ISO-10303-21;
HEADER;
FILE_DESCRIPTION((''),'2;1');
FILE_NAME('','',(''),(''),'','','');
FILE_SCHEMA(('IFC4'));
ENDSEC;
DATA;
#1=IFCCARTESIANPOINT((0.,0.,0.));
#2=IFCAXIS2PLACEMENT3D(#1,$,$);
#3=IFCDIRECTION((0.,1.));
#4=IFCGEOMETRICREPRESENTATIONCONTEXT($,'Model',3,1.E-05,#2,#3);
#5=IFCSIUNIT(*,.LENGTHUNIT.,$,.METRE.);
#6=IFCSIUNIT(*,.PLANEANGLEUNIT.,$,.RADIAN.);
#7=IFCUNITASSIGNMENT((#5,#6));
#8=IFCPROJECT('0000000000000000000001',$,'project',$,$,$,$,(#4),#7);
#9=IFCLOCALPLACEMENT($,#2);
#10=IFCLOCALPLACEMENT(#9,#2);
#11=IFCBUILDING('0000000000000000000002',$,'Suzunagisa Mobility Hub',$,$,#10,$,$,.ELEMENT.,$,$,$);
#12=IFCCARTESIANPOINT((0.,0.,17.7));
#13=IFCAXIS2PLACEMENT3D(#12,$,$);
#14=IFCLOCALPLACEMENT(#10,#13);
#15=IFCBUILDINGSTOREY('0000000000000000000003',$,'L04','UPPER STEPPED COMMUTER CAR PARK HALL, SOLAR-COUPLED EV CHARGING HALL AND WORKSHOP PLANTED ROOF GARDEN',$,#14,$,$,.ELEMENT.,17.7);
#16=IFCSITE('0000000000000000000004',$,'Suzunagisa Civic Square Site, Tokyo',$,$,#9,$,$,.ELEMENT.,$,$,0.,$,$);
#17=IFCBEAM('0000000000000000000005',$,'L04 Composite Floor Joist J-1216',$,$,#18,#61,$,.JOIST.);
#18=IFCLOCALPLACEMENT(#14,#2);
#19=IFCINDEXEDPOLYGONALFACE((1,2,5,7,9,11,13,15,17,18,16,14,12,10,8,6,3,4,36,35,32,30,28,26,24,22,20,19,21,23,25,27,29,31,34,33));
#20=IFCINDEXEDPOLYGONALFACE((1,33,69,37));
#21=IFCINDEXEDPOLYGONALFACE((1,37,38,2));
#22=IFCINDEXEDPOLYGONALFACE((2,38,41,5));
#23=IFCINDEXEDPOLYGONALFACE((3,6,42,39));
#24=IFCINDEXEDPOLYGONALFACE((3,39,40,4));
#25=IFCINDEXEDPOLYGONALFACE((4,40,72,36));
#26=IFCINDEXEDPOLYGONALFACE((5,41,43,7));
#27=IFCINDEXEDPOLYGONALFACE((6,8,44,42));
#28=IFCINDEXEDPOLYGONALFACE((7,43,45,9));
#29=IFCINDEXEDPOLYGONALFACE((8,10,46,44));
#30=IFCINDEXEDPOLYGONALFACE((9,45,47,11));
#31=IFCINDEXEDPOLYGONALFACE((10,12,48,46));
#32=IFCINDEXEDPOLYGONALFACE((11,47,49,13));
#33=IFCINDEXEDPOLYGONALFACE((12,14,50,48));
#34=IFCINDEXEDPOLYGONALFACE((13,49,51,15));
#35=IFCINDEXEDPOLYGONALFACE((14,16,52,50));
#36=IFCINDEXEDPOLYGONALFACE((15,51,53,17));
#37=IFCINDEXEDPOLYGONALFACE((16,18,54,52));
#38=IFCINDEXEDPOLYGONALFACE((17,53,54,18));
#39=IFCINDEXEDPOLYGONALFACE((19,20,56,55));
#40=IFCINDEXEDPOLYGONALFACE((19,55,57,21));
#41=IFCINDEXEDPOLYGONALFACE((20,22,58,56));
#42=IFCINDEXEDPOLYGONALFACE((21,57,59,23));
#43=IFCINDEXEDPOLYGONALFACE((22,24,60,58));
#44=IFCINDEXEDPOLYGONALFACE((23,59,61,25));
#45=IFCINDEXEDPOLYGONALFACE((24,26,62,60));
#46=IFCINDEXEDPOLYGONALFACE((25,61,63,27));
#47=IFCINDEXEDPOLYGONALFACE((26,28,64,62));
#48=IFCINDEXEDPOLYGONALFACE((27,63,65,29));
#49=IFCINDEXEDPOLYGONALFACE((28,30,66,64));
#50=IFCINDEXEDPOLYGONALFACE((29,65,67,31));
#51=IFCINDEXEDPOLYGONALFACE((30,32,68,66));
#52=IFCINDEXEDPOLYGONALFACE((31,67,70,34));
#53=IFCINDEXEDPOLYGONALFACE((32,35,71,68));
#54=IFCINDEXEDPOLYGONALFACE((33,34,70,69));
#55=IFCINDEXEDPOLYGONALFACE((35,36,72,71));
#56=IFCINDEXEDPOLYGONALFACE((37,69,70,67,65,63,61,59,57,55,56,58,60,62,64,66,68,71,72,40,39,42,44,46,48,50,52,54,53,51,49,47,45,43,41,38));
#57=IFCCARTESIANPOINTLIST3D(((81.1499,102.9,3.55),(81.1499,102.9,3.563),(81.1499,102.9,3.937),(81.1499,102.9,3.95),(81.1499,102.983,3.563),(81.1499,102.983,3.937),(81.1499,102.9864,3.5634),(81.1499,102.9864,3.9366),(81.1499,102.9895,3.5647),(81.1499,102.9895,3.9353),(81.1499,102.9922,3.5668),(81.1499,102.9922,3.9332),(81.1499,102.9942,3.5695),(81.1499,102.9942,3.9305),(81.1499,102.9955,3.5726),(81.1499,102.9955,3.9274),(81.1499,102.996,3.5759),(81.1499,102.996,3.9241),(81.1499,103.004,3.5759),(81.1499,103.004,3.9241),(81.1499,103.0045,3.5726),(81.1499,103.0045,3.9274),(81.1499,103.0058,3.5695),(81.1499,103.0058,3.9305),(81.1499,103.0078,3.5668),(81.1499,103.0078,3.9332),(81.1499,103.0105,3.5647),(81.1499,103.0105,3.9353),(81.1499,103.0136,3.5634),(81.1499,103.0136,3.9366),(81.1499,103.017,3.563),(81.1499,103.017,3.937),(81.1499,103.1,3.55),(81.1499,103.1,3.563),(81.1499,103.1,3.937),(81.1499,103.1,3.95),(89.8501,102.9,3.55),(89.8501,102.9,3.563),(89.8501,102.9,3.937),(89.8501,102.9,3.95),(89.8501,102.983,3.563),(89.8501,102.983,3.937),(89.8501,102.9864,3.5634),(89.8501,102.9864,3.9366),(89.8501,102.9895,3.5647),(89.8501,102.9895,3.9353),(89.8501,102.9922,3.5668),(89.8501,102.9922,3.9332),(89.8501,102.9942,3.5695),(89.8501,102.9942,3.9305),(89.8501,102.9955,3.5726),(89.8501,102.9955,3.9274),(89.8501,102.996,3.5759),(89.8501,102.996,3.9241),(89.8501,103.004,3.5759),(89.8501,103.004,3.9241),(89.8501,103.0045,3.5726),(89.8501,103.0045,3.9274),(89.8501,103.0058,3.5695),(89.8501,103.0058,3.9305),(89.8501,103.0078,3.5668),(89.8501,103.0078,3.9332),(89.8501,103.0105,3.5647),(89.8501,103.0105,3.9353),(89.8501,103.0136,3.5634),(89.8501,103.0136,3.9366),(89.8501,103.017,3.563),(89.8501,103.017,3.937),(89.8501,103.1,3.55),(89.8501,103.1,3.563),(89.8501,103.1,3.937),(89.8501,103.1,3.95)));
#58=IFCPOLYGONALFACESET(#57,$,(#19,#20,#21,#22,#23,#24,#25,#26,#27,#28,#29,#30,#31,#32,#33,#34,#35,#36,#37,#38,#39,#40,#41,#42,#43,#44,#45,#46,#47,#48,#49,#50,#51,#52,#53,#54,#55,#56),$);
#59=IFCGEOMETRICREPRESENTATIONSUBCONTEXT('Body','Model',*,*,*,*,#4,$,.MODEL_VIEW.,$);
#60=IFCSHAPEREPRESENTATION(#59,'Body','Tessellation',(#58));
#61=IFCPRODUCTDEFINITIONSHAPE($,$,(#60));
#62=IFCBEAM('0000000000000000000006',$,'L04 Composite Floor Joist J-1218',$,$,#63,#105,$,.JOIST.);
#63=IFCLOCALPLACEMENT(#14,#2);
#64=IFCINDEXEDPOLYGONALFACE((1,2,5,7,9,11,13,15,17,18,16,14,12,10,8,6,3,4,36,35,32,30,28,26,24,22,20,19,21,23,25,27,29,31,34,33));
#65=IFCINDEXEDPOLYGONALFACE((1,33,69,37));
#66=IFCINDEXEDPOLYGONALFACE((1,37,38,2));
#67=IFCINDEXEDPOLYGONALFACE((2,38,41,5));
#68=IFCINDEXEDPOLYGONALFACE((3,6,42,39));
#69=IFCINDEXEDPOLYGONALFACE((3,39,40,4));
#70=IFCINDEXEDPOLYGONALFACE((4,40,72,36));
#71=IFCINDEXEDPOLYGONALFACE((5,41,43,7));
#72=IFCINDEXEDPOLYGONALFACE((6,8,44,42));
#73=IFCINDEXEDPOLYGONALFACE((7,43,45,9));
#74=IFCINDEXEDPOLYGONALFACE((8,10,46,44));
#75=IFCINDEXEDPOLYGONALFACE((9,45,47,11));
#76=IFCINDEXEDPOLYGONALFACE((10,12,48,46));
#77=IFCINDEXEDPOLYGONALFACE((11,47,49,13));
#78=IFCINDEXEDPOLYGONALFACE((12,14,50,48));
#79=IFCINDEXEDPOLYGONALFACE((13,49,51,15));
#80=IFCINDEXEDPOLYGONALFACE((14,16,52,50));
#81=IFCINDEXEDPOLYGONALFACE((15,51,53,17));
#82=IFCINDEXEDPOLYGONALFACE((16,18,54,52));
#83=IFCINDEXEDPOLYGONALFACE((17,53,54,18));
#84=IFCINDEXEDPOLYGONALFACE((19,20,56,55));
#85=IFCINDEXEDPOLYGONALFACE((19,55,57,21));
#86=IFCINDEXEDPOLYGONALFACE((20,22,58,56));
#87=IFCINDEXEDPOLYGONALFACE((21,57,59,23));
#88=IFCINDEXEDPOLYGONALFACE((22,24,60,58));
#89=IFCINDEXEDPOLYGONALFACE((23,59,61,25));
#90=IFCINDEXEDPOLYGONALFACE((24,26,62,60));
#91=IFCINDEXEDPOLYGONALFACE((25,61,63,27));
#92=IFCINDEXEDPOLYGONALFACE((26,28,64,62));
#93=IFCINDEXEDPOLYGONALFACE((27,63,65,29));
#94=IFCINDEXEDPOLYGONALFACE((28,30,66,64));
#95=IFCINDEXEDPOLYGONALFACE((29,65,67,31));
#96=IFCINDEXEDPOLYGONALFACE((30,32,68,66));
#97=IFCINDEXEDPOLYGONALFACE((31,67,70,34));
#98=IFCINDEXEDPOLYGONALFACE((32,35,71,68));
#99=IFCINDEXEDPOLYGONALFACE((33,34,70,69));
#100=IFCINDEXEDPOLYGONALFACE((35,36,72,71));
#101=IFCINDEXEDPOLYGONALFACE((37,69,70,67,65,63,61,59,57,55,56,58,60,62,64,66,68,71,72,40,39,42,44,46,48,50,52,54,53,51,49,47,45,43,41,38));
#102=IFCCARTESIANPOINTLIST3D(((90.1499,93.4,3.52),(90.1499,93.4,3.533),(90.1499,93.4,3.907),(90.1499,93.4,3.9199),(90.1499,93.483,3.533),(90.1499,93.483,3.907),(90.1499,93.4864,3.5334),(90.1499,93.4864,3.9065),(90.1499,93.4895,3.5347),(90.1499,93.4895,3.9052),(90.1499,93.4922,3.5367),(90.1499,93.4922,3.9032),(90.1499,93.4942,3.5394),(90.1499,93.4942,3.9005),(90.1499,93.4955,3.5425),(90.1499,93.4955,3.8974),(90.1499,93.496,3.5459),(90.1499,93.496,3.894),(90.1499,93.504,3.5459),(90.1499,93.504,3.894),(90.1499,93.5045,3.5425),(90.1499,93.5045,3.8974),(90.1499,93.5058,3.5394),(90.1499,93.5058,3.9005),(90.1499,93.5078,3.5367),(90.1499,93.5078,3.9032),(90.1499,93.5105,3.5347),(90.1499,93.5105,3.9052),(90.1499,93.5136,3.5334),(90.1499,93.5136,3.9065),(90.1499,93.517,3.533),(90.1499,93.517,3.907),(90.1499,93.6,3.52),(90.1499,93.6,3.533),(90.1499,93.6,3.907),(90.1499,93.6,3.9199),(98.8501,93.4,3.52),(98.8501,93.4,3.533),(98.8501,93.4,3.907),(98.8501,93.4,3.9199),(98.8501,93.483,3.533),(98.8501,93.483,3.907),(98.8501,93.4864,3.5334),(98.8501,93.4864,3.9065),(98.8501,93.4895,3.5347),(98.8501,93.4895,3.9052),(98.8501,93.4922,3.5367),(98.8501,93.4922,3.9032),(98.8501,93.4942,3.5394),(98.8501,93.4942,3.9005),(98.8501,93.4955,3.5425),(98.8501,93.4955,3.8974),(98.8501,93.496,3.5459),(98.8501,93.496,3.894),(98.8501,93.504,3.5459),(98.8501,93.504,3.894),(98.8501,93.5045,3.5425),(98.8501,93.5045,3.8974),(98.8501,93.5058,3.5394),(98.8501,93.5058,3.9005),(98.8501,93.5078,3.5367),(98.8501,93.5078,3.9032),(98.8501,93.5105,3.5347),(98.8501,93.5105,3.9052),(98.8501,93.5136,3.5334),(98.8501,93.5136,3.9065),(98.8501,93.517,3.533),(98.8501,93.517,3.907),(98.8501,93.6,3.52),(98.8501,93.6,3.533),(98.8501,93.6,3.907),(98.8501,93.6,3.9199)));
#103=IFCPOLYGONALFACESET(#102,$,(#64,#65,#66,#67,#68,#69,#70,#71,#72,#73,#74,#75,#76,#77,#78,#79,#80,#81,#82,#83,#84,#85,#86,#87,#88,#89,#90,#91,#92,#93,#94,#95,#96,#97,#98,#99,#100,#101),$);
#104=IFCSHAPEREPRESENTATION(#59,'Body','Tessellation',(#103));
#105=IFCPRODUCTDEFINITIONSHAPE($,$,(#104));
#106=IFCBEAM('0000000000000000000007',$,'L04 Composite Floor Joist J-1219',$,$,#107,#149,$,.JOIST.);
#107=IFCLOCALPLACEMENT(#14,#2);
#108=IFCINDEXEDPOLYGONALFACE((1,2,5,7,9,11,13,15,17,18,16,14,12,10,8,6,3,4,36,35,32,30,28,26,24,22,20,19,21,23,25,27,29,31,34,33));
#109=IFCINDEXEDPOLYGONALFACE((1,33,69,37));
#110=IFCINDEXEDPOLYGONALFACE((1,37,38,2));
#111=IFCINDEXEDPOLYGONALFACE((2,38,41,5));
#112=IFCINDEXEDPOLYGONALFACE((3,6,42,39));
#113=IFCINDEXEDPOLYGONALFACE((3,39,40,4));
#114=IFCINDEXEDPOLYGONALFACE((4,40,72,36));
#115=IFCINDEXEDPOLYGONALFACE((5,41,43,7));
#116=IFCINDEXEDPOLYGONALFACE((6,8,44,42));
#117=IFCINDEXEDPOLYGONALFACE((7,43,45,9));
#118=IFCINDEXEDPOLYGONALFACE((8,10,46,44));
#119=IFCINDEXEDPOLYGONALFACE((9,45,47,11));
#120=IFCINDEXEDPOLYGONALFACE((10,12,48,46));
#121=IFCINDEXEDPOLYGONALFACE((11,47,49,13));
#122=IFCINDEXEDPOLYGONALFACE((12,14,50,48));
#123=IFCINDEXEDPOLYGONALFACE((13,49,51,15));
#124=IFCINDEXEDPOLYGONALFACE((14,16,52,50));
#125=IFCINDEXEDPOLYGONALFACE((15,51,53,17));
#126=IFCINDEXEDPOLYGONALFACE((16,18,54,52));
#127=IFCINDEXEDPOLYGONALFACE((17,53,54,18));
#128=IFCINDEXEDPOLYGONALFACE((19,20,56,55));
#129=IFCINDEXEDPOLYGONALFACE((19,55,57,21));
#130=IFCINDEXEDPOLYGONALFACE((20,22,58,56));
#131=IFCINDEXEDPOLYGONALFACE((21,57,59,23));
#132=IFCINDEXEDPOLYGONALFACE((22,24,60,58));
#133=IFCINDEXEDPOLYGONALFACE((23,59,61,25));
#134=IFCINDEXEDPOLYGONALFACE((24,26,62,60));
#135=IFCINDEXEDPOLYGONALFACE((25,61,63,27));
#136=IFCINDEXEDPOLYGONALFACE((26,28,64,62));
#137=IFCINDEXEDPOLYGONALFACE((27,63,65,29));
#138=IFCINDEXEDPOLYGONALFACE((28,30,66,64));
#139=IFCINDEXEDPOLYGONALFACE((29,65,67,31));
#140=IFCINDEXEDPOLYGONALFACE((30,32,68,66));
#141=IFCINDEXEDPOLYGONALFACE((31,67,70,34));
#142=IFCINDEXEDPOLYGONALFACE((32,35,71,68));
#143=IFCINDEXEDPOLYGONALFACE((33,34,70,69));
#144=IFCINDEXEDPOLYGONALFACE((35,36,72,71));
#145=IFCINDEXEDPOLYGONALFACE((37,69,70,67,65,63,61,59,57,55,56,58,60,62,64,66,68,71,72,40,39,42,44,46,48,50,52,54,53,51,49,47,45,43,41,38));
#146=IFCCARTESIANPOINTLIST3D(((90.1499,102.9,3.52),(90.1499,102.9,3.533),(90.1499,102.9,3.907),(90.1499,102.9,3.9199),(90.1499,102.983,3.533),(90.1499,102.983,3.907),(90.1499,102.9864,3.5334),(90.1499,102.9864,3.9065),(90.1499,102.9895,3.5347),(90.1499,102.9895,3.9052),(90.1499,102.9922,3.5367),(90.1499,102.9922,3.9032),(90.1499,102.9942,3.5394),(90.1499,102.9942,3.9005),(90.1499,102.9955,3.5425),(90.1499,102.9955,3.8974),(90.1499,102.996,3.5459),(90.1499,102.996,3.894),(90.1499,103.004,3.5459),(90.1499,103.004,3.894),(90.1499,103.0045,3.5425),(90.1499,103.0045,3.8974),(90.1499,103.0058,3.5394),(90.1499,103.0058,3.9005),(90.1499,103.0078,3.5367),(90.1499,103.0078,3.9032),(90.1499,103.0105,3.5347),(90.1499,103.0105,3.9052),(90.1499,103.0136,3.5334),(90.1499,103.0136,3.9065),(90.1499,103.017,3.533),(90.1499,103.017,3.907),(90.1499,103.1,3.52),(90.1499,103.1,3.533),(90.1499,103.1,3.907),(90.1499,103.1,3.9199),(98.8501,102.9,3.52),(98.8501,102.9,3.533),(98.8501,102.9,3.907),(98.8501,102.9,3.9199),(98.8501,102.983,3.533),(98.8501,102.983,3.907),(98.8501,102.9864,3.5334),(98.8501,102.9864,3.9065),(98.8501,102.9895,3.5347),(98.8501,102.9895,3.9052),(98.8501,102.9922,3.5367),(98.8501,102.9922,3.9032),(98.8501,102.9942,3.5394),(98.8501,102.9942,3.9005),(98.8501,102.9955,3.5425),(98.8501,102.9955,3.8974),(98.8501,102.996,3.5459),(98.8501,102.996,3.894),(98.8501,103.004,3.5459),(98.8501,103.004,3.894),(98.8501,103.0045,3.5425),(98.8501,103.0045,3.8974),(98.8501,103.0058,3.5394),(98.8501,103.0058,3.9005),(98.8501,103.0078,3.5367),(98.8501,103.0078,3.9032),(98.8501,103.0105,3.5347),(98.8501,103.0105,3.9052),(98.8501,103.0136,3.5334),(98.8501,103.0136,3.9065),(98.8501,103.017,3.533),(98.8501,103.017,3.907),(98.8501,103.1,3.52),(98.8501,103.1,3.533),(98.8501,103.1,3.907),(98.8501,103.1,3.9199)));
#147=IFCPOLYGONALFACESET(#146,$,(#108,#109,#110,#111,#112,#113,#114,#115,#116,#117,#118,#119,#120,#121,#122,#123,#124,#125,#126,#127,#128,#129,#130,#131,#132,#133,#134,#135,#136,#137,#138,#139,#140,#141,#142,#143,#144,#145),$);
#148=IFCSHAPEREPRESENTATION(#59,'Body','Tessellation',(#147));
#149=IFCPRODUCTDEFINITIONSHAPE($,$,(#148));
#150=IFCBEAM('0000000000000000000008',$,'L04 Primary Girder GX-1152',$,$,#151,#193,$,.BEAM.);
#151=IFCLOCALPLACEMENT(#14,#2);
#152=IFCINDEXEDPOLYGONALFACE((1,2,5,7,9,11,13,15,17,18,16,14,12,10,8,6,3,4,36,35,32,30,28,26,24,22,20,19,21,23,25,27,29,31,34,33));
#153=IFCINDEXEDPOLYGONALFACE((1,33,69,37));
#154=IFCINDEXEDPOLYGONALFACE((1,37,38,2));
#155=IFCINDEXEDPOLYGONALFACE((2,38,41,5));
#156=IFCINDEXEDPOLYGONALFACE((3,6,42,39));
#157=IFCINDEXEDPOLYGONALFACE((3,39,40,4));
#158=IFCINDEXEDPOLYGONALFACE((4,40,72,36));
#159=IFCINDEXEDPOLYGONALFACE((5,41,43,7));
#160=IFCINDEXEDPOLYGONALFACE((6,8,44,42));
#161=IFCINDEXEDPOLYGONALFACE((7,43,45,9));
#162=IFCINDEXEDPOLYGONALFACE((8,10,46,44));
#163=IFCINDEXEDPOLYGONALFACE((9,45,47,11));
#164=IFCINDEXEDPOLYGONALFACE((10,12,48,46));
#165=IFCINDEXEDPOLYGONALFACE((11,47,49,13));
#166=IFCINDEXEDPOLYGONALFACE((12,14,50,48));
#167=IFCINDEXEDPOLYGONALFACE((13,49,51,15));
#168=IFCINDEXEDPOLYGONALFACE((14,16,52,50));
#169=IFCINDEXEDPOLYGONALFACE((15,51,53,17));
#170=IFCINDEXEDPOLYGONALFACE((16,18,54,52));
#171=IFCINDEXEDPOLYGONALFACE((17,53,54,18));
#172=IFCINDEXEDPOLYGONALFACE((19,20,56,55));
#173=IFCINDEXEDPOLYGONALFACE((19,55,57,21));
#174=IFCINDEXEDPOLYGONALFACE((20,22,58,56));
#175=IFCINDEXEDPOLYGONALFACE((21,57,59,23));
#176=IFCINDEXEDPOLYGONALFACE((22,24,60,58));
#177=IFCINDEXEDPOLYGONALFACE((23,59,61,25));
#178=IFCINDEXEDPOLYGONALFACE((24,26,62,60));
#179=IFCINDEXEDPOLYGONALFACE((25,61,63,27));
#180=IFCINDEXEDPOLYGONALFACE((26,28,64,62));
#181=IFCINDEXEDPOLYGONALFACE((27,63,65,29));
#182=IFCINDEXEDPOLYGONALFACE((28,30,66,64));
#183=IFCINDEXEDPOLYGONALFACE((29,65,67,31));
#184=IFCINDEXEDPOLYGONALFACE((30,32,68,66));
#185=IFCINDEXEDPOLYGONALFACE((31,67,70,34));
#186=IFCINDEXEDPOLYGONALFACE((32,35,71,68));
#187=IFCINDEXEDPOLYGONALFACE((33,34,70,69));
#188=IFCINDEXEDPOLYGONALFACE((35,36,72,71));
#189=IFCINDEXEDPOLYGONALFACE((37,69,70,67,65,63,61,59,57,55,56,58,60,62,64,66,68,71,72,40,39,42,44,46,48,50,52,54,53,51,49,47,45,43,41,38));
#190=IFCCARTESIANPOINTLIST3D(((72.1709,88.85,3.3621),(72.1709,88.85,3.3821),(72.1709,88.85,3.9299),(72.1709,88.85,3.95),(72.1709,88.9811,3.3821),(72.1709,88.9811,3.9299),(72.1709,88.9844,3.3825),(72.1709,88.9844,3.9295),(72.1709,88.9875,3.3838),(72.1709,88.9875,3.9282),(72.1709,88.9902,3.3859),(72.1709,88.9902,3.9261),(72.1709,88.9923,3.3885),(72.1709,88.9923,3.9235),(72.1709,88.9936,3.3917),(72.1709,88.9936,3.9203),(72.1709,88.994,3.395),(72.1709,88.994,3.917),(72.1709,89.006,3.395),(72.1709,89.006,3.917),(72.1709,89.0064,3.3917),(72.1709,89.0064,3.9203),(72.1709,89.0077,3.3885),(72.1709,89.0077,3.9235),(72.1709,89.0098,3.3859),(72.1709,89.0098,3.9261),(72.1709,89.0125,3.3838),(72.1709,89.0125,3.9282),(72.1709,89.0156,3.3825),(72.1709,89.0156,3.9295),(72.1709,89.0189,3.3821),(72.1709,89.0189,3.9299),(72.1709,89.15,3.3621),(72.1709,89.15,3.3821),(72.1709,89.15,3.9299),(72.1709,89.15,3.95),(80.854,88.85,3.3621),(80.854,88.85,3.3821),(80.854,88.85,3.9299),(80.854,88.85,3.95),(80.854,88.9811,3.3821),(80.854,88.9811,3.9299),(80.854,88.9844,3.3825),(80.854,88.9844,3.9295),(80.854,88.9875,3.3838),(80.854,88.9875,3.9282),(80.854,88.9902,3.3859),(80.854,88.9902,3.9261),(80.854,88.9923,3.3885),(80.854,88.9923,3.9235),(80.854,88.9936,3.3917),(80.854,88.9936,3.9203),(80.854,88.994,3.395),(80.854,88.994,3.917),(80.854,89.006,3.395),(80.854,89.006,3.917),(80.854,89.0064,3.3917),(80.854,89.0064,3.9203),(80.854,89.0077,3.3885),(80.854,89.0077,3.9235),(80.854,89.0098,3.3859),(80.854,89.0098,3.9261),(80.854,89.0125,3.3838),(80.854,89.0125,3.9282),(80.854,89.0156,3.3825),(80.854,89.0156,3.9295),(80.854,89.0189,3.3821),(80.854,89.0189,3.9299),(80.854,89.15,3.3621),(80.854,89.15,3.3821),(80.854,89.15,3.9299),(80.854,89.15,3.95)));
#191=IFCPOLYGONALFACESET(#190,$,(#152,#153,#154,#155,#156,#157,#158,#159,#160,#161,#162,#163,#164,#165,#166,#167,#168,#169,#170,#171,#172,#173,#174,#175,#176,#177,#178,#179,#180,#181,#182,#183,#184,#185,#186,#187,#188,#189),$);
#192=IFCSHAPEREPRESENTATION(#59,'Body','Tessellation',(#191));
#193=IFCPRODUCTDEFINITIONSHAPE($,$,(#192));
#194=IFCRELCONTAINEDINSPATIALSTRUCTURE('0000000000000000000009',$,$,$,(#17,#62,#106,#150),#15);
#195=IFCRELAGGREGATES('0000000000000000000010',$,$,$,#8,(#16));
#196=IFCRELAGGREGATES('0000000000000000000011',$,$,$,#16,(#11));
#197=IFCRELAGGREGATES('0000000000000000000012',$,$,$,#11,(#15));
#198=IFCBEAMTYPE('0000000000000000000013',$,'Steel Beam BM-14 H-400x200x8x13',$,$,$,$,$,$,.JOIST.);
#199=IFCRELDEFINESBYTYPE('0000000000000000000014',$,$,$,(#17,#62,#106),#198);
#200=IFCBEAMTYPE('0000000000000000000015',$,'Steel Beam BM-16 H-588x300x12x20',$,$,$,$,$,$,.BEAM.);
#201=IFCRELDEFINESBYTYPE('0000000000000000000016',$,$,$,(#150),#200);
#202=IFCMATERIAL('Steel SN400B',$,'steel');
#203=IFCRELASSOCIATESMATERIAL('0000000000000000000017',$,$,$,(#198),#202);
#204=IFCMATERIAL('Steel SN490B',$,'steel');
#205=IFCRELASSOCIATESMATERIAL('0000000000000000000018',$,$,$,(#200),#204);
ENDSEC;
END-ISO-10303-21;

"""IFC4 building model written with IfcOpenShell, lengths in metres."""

from ifc_helpers import new_model, si_unit, direction, frame, origin, origin_2d, place, context, subcontext, project, spatial, i_section, extrude, material, material_profile, profile_set, type_object, element, save


model = new_model("IFC4")

# Units and contexts
model_context = context("Model", 3, precision=1e-05, world=origin(), true_north=direction((0.0, 1.0)))
body_context = subcontext(model_context, "Body", "Model", "MODEL_VIEW")
ifc_project = project(units=[si_unit("LENGTHUNIT", "METRE"), si_unit("PLANEANGLEUNIT", "RADIAN")], contexts=[model_context])

# Site, building, storey
site_placement = place(None, origin())
site = spatial("IfcSite", under=ifc_project, at=site_placement, Name="Suzunagisa Civic Square Site, Tokyo", CompositionType="ELEMENT", RefElevation=0.0)
building_placement = place(site_placement, origin())
building = spatial("IfcBuilding", under=site, at=building_placement, Name="Suzunagisa Mobility Hub", CompositionType="ELEMENT")
storey_placement = place(building_placement, frame((0.0, 0.0, 17.7)))
storey = spatial("IfcBuildingStorey", under=building, at=storey_placement, Name="L04", Description="UPPER STEPPED COMMUTER CAR PARK HALL, SOLAR-COUPLED EV CHARGING HALL AND WORKSHOP PLANTED ROOF GARDEN", CompositionType="ELEMENT", Elevation=17.7)

# Shared definitions
ifc_material_1 = material(Name="Steel SN490B", Category="steel")

# Beams
ifc_material_2 = material(Name="Steel SN400B", Category="steel")
ifc_material_profile_1 = material_profile(ifc_material_2, i_section(OverallWidth=0.2, OverallDepth=0.3999, WebThickness=0.0081, FlangeThickness=0.0129, FilletRadius=0.0129, at=origin_2d()), Name="H-400x200x8x13")
ifc_profile_set_1 = profile_set([ifc_material_profile_1], Name="Steel SN400B")
beam_type_1 = type_object("IfcBeamType", Name="Steel Beam BM-14 H-400x200x8x13", PredefinedType="JOIST", material=ifc_profile_set_1)
for number, where, z_axis, x_axis, name in (
    (1, (81.1499, 103.0, 3.75), (1.0, 0.0, 0.0), (0.0, 1.0, 0.0), "L04 Composite Floor Joist J-1216"),
    (2, (90.1499, 93.5, 3.72), (1.0, 0.0, 0.0), (0.0, 1.0, 0.0), "L04 Composite Floor Joist J-1218"),
    (3, (90.1499, 103.0, 3.72), (1.0, 0.0, 0.0), (0.0, 1.0, 0.0), "L04 Composite Floor Joist J-1219"),
):
    element("IfcBeam", number, at=place(storey_placement, frame(where, z_axis=z_axis, x_axis=x_axis)), inside=storey, type_object=beam_type_1, Name=name, PredefinedType="JOIST", context=body_context, shape_type="SweptSolid", body=[
        extrude(i_section(OverallWidth=0.2, OverallDepth=0.3999, WebThickness=0.0081, FlangeThickness=0.0129, FilletRadius=0.0129, at=origin_2d()), origin(), (0.0, 0.0, 1.0), 8.7002),
    ])
ifc_material_profile_2 = material_profile(ifc_material_1, i_section(OverallWidth=0.3, OverallDepth=0.5879, WebThickness=0.012, FlangeThickness=0.02, FilletRadius=0.0129, at=origin_2d()), Name="H-588x300x12x20")
ifc_profile_set_2 = profile_set([ifc_material_profile_2], Name="Steel SN490B")
beam_type_2 = type_object("IfcBeamType", Name="Steel Beam BM-16 H-588x300x12x20", PredefinedType="BEAM", material=ifc_profile_set_2)
beam_1_placement = place(storey_placement, frame((72.1709, 89.0, 3.656), z_axis=(1.0, 0.0, 0.0), x_axis=(0.0, 1.0, 0.0)))
element("IfcBeam", 4, at=beam_1_placement, inside=storey, type_object=beam_type_2, Name="L04 Primary Girder GX-1152", PredefinedType="BEAM", context=body_context, shape_type="SweptSolid", body=[
    extrude(i_section(OverallWidth=0.3, OverallDepth=0.5879, WebThickness=0.012, FlangeThickness=0.02, FilletRadius=0.0129, at=origin_2d()), origin(), (0.0, 0.0, 1.0), 8.6831),
])

save(model, "model.ifc")
